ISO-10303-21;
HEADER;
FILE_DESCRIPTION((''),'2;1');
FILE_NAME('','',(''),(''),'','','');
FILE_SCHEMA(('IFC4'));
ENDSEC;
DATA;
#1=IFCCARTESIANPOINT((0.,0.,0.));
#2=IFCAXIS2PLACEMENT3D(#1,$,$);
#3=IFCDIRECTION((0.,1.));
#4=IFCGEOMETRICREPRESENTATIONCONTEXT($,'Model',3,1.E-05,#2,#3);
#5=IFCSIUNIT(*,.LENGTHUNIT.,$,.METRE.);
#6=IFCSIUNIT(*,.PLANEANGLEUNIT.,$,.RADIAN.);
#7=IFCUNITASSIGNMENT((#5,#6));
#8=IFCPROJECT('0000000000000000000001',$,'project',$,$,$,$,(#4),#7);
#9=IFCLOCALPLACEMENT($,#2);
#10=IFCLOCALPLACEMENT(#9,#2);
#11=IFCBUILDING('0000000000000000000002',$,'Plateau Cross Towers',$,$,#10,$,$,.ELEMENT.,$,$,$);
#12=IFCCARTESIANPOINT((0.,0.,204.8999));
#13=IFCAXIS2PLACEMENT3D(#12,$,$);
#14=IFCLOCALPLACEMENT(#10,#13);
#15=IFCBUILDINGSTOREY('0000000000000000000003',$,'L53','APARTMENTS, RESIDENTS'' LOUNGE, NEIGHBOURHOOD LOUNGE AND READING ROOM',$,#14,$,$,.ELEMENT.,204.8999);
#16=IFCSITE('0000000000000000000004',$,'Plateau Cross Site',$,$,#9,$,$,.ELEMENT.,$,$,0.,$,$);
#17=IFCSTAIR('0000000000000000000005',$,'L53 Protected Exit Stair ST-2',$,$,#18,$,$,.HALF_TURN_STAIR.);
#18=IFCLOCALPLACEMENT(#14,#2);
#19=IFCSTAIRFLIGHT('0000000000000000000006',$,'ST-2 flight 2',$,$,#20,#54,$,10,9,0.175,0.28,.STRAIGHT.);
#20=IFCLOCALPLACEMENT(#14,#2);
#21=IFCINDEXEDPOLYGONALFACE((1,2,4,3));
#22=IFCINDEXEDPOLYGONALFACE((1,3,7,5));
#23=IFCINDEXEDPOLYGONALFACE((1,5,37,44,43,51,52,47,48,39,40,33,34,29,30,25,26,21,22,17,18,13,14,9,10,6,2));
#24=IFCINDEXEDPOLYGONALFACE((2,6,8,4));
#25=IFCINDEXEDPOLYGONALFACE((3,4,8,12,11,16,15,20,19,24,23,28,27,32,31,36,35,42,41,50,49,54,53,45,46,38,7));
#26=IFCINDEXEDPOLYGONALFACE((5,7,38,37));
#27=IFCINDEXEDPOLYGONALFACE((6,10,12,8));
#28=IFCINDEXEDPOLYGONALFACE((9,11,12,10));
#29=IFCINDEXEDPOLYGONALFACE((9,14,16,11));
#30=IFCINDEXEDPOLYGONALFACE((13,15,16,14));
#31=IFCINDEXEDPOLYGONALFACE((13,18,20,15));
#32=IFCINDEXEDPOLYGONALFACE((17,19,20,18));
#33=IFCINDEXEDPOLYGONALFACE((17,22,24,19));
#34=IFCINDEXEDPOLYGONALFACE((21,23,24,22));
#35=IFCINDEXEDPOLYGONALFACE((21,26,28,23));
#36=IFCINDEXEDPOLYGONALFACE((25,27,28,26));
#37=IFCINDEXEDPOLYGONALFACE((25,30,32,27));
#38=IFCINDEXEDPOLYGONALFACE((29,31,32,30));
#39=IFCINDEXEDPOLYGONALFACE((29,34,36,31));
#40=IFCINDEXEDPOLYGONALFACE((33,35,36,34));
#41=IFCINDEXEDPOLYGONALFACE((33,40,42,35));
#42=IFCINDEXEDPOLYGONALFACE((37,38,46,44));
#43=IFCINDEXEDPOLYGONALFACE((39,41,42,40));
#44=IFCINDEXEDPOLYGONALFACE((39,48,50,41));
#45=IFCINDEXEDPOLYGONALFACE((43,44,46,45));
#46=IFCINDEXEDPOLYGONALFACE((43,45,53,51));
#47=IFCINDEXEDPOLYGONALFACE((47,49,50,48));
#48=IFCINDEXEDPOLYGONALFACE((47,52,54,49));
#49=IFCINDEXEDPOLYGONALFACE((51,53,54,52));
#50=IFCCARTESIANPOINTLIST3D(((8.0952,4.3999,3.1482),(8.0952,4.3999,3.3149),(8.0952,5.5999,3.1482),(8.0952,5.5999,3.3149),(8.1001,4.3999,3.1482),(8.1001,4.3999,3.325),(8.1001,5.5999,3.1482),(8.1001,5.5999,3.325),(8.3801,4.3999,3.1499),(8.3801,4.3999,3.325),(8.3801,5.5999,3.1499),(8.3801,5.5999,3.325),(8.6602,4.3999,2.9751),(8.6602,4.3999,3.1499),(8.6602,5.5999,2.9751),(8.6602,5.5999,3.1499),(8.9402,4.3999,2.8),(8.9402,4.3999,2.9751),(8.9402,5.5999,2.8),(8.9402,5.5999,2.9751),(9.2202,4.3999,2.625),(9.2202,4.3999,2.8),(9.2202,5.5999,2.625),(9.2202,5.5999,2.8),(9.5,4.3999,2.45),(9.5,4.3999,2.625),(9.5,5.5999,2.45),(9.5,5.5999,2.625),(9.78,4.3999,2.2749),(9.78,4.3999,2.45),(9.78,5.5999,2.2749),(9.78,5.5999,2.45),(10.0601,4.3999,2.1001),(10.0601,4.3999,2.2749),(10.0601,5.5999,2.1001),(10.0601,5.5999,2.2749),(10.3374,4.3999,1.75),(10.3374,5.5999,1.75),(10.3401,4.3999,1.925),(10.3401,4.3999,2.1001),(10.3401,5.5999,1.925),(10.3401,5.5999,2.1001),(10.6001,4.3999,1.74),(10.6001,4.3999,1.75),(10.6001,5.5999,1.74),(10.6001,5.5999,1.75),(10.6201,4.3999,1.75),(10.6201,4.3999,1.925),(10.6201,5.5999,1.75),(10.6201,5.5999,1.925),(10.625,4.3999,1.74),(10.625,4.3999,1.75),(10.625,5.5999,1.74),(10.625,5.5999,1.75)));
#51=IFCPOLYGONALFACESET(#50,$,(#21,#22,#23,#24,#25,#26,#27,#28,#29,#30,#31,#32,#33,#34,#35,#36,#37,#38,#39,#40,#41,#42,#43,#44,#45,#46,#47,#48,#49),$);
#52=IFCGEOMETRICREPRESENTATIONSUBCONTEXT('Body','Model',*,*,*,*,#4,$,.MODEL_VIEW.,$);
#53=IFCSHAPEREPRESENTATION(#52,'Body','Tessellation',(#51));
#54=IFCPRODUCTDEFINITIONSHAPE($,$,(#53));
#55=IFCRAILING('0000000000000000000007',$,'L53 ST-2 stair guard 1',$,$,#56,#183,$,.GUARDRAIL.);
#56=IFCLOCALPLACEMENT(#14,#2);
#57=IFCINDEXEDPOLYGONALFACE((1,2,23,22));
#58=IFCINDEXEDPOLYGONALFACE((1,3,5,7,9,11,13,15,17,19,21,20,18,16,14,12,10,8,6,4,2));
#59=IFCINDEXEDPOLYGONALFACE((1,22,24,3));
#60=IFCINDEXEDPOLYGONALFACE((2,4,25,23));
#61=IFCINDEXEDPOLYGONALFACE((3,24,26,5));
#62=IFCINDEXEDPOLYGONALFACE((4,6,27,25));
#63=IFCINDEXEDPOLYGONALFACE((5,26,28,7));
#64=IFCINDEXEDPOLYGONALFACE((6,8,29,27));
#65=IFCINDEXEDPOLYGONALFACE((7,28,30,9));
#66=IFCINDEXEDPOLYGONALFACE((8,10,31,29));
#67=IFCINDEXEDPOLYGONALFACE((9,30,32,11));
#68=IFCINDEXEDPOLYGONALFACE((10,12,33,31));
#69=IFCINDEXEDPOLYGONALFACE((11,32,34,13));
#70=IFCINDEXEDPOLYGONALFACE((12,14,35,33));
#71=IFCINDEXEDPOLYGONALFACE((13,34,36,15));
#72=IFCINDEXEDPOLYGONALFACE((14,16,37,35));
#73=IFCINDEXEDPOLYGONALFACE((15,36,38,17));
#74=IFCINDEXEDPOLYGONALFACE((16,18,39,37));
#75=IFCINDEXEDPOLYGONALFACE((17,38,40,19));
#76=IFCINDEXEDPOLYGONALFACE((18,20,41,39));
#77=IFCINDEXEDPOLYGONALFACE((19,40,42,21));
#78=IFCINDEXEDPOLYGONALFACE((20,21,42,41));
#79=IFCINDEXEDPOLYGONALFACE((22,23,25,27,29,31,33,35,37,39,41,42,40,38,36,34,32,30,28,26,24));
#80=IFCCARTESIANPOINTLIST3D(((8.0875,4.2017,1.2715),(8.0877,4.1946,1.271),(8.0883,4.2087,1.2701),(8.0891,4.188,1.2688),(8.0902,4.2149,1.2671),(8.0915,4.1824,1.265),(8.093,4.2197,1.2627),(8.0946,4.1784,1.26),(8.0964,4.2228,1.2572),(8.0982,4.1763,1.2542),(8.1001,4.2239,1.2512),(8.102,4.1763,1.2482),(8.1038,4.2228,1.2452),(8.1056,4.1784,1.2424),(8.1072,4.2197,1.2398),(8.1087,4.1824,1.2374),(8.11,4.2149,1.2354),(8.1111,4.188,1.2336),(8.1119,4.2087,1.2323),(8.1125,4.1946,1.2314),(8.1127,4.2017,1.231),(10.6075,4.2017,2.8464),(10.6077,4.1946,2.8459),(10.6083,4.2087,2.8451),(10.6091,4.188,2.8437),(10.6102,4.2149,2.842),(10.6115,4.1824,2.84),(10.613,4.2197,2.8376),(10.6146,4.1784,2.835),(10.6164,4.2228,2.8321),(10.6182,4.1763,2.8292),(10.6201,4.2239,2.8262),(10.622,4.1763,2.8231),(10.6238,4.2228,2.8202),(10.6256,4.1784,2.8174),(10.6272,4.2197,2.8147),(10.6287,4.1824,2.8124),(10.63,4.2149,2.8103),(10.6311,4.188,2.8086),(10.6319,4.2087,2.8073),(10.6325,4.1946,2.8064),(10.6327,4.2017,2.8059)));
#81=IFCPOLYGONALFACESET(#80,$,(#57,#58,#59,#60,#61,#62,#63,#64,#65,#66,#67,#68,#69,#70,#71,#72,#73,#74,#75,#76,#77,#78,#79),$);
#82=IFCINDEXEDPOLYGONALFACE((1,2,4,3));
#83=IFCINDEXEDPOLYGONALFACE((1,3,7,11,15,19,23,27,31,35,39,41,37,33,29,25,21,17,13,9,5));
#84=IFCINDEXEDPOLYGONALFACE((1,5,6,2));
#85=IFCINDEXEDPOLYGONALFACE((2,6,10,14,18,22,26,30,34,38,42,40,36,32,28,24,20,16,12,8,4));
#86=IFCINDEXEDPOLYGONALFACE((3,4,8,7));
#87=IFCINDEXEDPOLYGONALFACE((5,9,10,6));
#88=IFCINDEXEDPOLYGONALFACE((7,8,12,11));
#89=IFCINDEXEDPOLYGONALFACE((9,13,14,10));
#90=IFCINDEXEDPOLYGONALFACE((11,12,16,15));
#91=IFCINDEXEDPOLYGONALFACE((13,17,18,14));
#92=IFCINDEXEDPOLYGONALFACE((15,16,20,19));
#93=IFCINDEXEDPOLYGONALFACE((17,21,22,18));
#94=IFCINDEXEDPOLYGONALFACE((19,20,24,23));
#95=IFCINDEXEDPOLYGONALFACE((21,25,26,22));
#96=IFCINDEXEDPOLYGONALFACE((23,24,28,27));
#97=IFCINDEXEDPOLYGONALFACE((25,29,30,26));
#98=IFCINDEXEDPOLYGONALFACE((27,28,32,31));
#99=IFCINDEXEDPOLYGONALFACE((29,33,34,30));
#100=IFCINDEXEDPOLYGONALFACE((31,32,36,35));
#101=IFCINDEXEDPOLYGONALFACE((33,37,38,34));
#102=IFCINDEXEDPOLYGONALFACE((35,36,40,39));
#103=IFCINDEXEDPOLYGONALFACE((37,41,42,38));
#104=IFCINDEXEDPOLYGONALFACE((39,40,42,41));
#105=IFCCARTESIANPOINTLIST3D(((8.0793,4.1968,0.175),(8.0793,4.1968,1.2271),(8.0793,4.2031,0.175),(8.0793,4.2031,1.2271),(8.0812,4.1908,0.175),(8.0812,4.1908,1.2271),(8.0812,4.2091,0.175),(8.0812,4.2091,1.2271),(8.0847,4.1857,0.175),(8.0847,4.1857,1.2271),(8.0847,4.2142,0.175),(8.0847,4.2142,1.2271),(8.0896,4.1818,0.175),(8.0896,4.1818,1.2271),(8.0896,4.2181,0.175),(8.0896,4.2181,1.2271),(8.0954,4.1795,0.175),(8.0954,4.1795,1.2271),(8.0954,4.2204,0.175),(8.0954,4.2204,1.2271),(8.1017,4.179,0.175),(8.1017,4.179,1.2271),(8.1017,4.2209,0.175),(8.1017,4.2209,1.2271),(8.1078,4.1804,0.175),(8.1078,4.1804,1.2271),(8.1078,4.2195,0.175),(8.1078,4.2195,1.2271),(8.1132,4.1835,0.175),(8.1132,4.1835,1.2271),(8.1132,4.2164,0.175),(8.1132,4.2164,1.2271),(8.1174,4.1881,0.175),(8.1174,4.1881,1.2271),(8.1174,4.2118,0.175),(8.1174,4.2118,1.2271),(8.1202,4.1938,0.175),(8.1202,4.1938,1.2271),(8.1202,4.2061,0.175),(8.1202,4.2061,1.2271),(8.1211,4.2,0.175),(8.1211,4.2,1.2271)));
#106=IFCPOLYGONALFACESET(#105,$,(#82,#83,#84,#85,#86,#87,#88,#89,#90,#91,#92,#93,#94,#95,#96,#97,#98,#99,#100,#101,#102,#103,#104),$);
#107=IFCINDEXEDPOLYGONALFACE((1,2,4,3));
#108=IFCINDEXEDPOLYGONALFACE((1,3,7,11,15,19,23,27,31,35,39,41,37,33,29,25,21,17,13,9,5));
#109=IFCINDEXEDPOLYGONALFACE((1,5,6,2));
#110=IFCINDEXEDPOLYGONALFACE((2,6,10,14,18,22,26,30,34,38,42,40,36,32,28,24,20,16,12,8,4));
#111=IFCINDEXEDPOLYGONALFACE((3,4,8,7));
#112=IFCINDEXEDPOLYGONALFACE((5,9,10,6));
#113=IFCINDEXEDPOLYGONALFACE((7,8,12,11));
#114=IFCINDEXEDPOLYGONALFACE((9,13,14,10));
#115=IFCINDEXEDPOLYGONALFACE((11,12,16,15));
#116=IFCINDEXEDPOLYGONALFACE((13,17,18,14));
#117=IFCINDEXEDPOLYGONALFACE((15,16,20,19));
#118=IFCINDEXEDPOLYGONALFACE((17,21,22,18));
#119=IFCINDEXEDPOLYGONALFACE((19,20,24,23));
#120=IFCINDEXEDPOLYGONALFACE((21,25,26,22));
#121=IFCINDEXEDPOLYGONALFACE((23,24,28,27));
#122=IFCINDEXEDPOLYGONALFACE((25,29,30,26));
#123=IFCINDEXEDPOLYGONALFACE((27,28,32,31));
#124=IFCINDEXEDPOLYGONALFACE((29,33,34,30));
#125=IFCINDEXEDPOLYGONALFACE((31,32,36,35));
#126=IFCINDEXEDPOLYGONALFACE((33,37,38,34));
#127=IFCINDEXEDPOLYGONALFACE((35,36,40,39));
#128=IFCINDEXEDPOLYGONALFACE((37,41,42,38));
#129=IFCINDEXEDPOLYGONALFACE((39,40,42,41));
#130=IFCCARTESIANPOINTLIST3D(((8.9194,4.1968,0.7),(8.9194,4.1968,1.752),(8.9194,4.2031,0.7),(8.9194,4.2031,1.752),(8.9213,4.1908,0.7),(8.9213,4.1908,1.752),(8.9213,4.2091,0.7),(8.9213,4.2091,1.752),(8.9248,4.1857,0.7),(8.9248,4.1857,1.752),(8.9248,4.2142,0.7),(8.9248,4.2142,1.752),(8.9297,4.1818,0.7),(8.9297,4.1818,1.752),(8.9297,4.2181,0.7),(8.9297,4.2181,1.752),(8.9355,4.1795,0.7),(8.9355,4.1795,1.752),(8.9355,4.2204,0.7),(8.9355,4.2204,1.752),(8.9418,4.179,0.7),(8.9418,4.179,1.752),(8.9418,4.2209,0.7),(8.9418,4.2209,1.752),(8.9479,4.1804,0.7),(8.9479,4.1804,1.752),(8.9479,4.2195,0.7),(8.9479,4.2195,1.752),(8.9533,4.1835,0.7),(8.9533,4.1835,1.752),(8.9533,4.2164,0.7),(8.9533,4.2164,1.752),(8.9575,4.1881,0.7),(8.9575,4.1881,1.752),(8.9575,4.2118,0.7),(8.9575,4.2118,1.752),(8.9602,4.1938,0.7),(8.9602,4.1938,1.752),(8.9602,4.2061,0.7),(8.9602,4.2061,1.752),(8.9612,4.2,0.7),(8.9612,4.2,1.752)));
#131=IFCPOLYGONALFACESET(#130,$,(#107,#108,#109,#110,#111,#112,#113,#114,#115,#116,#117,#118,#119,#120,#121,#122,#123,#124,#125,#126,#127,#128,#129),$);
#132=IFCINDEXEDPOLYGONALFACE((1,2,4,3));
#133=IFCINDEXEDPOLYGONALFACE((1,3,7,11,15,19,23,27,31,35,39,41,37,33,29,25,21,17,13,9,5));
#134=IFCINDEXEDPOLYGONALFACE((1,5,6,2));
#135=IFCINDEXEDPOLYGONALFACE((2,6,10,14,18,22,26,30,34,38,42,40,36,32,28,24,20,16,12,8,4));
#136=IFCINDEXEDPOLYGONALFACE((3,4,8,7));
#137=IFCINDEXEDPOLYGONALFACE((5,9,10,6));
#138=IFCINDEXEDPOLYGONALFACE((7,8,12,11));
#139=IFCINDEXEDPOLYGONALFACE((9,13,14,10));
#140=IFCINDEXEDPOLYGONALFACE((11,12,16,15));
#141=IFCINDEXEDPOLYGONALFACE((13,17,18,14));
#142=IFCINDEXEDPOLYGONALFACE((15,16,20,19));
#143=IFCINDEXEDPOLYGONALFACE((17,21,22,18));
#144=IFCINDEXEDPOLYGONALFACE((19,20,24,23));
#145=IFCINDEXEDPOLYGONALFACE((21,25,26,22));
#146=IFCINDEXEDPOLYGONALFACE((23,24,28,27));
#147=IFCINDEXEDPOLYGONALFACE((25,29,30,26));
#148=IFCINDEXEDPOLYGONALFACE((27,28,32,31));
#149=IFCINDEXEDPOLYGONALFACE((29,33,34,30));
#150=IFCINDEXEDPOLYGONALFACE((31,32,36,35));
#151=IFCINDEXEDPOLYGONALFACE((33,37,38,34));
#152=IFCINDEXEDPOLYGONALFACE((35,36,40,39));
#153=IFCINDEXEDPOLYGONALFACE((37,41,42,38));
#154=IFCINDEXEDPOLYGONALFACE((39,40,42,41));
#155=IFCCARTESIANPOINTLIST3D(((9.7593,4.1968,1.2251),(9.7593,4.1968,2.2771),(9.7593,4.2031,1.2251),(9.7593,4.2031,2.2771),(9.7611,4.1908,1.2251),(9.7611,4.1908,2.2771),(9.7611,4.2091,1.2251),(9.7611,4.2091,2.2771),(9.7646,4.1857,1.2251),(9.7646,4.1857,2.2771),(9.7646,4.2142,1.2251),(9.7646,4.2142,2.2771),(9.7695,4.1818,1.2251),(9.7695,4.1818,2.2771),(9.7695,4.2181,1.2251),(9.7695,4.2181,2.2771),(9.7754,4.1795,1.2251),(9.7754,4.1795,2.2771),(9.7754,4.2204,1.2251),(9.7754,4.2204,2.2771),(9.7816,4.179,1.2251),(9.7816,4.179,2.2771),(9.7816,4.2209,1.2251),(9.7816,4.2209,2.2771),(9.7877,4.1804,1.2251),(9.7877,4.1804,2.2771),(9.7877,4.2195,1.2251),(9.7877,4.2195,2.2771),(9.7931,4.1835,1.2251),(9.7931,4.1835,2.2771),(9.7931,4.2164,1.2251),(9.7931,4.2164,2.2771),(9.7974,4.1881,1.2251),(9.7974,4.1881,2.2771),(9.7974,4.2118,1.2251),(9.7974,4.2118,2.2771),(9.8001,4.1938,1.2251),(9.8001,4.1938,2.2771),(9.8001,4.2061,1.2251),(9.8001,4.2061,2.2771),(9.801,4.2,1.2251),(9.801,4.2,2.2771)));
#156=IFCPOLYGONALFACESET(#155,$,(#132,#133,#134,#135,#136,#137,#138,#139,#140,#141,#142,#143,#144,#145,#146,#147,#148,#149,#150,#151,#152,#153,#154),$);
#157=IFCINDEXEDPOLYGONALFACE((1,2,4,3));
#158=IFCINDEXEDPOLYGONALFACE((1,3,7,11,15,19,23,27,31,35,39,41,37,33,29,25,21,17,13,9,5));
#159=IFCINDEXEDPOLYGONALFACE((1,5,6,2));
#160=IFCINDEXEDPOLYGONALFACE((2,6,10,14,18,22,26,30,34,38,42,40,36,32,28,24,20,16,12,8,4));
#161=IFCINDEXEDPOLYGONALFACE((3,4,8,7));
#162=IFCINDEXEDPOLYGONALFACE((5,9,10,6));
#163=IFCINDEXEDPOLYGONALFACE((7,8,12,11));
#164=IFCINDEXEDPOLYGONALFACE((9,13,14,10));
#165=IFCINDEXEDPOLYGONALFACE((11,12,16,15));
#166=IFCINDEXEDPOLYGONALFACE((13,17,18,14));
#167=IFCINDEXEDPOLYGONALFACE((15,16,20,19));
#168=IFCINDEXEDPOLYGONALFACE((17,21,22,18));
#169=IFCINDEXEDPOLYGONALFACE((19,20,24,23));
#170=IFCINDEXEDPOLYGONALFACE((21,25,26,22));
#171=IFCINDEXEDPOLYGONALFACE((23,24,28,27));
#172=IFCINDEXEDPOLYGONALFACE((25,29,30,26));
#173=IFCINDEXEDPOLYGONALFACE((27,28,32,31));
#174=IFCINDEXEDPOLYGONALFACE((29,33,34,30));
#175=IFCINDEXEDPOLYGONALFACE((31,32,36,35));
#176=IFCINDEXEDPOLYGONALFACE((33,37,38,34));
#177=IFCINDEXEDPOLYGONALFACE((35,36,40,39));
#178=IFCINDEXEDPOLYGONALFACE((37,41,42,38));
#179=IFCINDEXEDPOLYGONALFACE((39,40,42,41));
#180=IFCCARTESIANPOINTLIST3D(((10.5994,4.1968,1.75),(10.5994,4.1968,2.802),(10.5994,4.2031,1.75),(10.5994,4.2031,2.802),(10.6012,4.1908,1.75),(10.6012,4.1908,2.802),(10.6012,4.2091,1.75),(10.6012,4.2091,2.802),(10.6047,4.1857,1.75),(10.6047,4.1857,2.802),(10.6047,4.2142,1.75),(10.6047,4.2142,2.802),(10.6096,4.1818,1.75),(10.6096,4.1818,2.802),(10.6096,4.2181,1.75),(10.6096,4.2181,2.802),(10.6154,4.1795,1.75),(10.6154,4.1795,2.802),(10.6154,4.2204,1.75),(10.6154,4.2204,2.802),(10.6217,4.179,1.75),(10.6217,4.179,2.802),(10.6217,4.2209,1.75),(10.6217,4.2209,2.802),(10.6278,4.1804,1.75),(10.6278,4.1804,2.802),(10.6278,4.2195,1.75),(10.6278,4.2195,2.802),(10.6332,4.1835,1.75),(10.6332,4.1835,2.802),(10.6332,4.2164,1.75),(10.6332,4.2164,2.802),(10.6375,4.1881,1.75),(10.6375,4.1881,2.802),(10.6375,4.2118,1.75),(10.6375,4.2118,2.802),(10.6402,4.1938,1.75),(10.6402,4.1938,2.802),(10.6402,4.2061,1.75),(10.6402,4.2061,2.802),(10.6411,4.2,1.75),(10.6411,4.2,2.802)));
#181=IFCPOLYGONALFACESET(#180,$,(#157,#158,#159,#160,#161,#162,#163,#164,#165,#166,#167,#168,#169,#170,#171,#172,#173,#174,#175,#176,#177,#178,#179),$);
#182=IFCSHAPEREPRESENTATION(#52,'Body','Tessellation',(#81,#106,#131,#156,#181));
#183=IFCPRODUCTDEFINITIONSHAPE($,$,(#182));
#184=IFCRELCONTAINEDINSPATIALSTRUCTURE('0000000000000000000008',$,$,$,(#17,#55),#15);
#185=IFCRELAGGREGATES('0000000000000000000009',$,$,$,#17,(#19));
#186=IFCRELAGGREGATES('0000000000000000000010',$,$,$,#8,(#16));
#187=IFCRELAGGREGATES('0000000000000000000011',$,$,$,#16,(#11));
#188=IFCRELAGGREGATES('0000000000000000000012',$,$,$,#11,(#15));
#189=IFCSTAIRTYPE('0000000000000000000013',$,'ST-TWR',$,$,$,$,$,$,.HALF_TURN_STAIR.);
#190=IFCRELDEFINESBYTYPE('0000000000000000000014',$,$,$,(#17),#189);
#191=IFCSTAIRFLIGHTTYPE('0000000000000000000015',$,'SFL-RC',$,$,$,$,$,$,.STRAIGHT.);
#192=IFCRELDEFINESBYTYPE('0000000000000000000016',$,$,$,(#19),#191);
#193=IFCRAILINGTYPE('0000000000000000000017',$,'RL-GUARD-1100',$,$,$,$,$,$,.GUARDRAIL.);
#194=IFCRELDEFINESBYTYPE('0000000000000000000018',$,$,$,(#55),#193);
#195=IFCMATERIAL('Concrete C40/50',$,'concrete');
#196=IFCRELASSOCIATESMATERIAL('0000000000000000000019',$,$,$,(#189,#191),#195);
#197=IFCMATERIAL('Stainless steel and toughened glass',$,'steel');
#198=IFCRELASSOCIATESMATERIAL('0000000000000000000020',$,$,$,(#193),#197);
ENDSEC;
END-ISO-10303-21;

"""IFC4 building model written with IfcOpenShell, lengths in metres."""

from ifc_helpers import new_model, si_unit, direction, frame, origin, origin_2d, place, context, subcontext, project, spatial, polyline, circle, outline, extrude, material, type_object, element, aggregate, save


model = new_model("IFC4")

# Units and contexts
model_context = context("Model", 3, precision=1e-05, world=origin(), true_north=direction((0.0, 1.0)))
body_context = subcontext(model_context, "Body", "Model", "MODEL_VIEW")
ifc_project = project(units=[si_unit("LENGTHUNIT", "METRE"), si_unit("PLANEANGLEUNIT", "RADIAN")], contexts=[model_context])

# Site, building, storey
site_placement = place(None, origin())
site = spatial("IfcSite", under=ifc_project, at=site_placement, Name="Plateau Cross Site", CompositionType="ELEMENT", RefElevation=0.0)
building_placement = place(site_placement, origin())
building = spatial("IfcBuilding", under=site, at=building_placement, Name="Plateau Cross Towers", CompositionType="ELEMENT")
storey_placement = place(building_placement, frame((0.0, 0.0, 204.8999)))
storey = spatial("IfcBuildingStorey", under=building, at=storey_placement, Name="L53", Description="APARTMENTS, RESIDENTS' LOUNGE, NEIGHBOURHOOD LOUNGE AND READING ROOM", CompositionType="ELEMENT", Elevation=204.8999)

# Stair, stair flight
ifc_material_1 = material(Name="Concrete C40/50", Category="concrete")
stair_type = type_object("IfcStairType", Name="ST-TWR", PredefinedType="HALF_TURN_STAIR", material=ifc_material_1)
stair_placement = place(storey_placement, origin())
stair = element("IfcStair", 1, at=stair_placement, inside=storey, type_object=stair_type, Name="L53 Protected Exit Stair ST-2", PredefinedType="HALF_TURN_STAIR")
stair_flight_type = type_object("IfcStairFlightType", Name="SFL-RC", PredefinedType="STRAIGHT", material=ifc_material_1)
stair_flight_placement = place(storey_placement, frame((10.6201, 5.0, 1.75), z_axis=(0.0, 0.0, 1.0), x_axis=(-1.0, 0.0, 0.0)))
stair_flight = element("IfcStairFlight", 2, at=stair_flight_placement, type_object=stair_flight_type, Name="ST-2 flight 2", NumberOfRisers=10, NumberOfTreads=9, PredefinedType="STRAIGHT", RiserHeight=0.175, TreadLength=0.28, context=body_context, shape_type="SweptSolid", body=[
    extrude(outline(polyline([(-0.0049, -0.01), (-0.0049, 0.0), (0.0, 0.0), (0.0, 0.175), (0.28, 0.175), (0.28, 0.3501), (0.5601, 0.3501), (0.5601, 0.5249), (0.8401, 0.5249), (0.8401, 0.7), (1.1201, 0.7), (1.1201, 0.875), (1.3999, 0.875), (1.3999, 1.05), (1.6799, 1.05), (1.6799, 1.2251), (1.96, 1.2251), (1.96, 1.3999), (2.24, 1.3999), (2.24, 1.575), (2.52, 1.575), (2.5249, 1.5649), (2.5249, 1.3982), (2.52, 1.3982), (0.2827, 0.0), (0.02, 0.0), (0.02, -0.01), (-0.0049, -0.01)])), frame((0.0, 0.6001, 0.0), z_axis=(0.0, -1.0, 0.0), x_axis=(1.0, 0.0, 0.0)), (0.0, 0.0, 1.0), 1.2),
])
aggregate(stair, [stair_flight])

# Railing
ifc_material_2 = material(Name="Stainless steel and toughened glass", Category="steel")
railing_type_1 = type_object("IfcRailingType", Name="RL-GUARD-1100", PredefinedType="GUARDRAIL", material=ifc_material_2)
railing_1_placement = place(storey_placement, frame((8.1001, 4.2, 0.175)))
element("IfcRailing", 3, at=railing_1_placement, inside=storey, type_object=railing_type_1, Name="L53 ST-2 stair guard 1", PredefinedType="GUARDRAIL", context=body_context, shape_type="SweptSolid", body=[
    extrude(circle(Radius=0.0239, at=origin_2d()), frame((0.0, 0.0, 1.0762), z_axis=(0.848008, 0.0, 0.529984), x_axis=(0.0, 1.0, 0.0)), (0.0, 0.0, 1.0), 2.9717),
    extrude(circle(Radius=0.021, at=origin_2d()), origin(), (0.0, 0.0, 1.0), 1.052),
    extrude(circle(Radius=0.021, at=origin_2d()), frame((0.8401, 0.0, 0.5249)), (0.0, 0.0, 1.0), 1.052),
    extrude(circle(Radius=0.021, at=origin_2d()), frame((1.6799, 0.0, 1.05)), (0.0, 0.0, 1.0), 1.052),
    extrude(circle(Radius=0.021, at=origin_2d()), frame((2.52, 0.0, 1.575)), (0.0, 0.0, 1.0), 1.052),
])

save(model, "model.ifc")
